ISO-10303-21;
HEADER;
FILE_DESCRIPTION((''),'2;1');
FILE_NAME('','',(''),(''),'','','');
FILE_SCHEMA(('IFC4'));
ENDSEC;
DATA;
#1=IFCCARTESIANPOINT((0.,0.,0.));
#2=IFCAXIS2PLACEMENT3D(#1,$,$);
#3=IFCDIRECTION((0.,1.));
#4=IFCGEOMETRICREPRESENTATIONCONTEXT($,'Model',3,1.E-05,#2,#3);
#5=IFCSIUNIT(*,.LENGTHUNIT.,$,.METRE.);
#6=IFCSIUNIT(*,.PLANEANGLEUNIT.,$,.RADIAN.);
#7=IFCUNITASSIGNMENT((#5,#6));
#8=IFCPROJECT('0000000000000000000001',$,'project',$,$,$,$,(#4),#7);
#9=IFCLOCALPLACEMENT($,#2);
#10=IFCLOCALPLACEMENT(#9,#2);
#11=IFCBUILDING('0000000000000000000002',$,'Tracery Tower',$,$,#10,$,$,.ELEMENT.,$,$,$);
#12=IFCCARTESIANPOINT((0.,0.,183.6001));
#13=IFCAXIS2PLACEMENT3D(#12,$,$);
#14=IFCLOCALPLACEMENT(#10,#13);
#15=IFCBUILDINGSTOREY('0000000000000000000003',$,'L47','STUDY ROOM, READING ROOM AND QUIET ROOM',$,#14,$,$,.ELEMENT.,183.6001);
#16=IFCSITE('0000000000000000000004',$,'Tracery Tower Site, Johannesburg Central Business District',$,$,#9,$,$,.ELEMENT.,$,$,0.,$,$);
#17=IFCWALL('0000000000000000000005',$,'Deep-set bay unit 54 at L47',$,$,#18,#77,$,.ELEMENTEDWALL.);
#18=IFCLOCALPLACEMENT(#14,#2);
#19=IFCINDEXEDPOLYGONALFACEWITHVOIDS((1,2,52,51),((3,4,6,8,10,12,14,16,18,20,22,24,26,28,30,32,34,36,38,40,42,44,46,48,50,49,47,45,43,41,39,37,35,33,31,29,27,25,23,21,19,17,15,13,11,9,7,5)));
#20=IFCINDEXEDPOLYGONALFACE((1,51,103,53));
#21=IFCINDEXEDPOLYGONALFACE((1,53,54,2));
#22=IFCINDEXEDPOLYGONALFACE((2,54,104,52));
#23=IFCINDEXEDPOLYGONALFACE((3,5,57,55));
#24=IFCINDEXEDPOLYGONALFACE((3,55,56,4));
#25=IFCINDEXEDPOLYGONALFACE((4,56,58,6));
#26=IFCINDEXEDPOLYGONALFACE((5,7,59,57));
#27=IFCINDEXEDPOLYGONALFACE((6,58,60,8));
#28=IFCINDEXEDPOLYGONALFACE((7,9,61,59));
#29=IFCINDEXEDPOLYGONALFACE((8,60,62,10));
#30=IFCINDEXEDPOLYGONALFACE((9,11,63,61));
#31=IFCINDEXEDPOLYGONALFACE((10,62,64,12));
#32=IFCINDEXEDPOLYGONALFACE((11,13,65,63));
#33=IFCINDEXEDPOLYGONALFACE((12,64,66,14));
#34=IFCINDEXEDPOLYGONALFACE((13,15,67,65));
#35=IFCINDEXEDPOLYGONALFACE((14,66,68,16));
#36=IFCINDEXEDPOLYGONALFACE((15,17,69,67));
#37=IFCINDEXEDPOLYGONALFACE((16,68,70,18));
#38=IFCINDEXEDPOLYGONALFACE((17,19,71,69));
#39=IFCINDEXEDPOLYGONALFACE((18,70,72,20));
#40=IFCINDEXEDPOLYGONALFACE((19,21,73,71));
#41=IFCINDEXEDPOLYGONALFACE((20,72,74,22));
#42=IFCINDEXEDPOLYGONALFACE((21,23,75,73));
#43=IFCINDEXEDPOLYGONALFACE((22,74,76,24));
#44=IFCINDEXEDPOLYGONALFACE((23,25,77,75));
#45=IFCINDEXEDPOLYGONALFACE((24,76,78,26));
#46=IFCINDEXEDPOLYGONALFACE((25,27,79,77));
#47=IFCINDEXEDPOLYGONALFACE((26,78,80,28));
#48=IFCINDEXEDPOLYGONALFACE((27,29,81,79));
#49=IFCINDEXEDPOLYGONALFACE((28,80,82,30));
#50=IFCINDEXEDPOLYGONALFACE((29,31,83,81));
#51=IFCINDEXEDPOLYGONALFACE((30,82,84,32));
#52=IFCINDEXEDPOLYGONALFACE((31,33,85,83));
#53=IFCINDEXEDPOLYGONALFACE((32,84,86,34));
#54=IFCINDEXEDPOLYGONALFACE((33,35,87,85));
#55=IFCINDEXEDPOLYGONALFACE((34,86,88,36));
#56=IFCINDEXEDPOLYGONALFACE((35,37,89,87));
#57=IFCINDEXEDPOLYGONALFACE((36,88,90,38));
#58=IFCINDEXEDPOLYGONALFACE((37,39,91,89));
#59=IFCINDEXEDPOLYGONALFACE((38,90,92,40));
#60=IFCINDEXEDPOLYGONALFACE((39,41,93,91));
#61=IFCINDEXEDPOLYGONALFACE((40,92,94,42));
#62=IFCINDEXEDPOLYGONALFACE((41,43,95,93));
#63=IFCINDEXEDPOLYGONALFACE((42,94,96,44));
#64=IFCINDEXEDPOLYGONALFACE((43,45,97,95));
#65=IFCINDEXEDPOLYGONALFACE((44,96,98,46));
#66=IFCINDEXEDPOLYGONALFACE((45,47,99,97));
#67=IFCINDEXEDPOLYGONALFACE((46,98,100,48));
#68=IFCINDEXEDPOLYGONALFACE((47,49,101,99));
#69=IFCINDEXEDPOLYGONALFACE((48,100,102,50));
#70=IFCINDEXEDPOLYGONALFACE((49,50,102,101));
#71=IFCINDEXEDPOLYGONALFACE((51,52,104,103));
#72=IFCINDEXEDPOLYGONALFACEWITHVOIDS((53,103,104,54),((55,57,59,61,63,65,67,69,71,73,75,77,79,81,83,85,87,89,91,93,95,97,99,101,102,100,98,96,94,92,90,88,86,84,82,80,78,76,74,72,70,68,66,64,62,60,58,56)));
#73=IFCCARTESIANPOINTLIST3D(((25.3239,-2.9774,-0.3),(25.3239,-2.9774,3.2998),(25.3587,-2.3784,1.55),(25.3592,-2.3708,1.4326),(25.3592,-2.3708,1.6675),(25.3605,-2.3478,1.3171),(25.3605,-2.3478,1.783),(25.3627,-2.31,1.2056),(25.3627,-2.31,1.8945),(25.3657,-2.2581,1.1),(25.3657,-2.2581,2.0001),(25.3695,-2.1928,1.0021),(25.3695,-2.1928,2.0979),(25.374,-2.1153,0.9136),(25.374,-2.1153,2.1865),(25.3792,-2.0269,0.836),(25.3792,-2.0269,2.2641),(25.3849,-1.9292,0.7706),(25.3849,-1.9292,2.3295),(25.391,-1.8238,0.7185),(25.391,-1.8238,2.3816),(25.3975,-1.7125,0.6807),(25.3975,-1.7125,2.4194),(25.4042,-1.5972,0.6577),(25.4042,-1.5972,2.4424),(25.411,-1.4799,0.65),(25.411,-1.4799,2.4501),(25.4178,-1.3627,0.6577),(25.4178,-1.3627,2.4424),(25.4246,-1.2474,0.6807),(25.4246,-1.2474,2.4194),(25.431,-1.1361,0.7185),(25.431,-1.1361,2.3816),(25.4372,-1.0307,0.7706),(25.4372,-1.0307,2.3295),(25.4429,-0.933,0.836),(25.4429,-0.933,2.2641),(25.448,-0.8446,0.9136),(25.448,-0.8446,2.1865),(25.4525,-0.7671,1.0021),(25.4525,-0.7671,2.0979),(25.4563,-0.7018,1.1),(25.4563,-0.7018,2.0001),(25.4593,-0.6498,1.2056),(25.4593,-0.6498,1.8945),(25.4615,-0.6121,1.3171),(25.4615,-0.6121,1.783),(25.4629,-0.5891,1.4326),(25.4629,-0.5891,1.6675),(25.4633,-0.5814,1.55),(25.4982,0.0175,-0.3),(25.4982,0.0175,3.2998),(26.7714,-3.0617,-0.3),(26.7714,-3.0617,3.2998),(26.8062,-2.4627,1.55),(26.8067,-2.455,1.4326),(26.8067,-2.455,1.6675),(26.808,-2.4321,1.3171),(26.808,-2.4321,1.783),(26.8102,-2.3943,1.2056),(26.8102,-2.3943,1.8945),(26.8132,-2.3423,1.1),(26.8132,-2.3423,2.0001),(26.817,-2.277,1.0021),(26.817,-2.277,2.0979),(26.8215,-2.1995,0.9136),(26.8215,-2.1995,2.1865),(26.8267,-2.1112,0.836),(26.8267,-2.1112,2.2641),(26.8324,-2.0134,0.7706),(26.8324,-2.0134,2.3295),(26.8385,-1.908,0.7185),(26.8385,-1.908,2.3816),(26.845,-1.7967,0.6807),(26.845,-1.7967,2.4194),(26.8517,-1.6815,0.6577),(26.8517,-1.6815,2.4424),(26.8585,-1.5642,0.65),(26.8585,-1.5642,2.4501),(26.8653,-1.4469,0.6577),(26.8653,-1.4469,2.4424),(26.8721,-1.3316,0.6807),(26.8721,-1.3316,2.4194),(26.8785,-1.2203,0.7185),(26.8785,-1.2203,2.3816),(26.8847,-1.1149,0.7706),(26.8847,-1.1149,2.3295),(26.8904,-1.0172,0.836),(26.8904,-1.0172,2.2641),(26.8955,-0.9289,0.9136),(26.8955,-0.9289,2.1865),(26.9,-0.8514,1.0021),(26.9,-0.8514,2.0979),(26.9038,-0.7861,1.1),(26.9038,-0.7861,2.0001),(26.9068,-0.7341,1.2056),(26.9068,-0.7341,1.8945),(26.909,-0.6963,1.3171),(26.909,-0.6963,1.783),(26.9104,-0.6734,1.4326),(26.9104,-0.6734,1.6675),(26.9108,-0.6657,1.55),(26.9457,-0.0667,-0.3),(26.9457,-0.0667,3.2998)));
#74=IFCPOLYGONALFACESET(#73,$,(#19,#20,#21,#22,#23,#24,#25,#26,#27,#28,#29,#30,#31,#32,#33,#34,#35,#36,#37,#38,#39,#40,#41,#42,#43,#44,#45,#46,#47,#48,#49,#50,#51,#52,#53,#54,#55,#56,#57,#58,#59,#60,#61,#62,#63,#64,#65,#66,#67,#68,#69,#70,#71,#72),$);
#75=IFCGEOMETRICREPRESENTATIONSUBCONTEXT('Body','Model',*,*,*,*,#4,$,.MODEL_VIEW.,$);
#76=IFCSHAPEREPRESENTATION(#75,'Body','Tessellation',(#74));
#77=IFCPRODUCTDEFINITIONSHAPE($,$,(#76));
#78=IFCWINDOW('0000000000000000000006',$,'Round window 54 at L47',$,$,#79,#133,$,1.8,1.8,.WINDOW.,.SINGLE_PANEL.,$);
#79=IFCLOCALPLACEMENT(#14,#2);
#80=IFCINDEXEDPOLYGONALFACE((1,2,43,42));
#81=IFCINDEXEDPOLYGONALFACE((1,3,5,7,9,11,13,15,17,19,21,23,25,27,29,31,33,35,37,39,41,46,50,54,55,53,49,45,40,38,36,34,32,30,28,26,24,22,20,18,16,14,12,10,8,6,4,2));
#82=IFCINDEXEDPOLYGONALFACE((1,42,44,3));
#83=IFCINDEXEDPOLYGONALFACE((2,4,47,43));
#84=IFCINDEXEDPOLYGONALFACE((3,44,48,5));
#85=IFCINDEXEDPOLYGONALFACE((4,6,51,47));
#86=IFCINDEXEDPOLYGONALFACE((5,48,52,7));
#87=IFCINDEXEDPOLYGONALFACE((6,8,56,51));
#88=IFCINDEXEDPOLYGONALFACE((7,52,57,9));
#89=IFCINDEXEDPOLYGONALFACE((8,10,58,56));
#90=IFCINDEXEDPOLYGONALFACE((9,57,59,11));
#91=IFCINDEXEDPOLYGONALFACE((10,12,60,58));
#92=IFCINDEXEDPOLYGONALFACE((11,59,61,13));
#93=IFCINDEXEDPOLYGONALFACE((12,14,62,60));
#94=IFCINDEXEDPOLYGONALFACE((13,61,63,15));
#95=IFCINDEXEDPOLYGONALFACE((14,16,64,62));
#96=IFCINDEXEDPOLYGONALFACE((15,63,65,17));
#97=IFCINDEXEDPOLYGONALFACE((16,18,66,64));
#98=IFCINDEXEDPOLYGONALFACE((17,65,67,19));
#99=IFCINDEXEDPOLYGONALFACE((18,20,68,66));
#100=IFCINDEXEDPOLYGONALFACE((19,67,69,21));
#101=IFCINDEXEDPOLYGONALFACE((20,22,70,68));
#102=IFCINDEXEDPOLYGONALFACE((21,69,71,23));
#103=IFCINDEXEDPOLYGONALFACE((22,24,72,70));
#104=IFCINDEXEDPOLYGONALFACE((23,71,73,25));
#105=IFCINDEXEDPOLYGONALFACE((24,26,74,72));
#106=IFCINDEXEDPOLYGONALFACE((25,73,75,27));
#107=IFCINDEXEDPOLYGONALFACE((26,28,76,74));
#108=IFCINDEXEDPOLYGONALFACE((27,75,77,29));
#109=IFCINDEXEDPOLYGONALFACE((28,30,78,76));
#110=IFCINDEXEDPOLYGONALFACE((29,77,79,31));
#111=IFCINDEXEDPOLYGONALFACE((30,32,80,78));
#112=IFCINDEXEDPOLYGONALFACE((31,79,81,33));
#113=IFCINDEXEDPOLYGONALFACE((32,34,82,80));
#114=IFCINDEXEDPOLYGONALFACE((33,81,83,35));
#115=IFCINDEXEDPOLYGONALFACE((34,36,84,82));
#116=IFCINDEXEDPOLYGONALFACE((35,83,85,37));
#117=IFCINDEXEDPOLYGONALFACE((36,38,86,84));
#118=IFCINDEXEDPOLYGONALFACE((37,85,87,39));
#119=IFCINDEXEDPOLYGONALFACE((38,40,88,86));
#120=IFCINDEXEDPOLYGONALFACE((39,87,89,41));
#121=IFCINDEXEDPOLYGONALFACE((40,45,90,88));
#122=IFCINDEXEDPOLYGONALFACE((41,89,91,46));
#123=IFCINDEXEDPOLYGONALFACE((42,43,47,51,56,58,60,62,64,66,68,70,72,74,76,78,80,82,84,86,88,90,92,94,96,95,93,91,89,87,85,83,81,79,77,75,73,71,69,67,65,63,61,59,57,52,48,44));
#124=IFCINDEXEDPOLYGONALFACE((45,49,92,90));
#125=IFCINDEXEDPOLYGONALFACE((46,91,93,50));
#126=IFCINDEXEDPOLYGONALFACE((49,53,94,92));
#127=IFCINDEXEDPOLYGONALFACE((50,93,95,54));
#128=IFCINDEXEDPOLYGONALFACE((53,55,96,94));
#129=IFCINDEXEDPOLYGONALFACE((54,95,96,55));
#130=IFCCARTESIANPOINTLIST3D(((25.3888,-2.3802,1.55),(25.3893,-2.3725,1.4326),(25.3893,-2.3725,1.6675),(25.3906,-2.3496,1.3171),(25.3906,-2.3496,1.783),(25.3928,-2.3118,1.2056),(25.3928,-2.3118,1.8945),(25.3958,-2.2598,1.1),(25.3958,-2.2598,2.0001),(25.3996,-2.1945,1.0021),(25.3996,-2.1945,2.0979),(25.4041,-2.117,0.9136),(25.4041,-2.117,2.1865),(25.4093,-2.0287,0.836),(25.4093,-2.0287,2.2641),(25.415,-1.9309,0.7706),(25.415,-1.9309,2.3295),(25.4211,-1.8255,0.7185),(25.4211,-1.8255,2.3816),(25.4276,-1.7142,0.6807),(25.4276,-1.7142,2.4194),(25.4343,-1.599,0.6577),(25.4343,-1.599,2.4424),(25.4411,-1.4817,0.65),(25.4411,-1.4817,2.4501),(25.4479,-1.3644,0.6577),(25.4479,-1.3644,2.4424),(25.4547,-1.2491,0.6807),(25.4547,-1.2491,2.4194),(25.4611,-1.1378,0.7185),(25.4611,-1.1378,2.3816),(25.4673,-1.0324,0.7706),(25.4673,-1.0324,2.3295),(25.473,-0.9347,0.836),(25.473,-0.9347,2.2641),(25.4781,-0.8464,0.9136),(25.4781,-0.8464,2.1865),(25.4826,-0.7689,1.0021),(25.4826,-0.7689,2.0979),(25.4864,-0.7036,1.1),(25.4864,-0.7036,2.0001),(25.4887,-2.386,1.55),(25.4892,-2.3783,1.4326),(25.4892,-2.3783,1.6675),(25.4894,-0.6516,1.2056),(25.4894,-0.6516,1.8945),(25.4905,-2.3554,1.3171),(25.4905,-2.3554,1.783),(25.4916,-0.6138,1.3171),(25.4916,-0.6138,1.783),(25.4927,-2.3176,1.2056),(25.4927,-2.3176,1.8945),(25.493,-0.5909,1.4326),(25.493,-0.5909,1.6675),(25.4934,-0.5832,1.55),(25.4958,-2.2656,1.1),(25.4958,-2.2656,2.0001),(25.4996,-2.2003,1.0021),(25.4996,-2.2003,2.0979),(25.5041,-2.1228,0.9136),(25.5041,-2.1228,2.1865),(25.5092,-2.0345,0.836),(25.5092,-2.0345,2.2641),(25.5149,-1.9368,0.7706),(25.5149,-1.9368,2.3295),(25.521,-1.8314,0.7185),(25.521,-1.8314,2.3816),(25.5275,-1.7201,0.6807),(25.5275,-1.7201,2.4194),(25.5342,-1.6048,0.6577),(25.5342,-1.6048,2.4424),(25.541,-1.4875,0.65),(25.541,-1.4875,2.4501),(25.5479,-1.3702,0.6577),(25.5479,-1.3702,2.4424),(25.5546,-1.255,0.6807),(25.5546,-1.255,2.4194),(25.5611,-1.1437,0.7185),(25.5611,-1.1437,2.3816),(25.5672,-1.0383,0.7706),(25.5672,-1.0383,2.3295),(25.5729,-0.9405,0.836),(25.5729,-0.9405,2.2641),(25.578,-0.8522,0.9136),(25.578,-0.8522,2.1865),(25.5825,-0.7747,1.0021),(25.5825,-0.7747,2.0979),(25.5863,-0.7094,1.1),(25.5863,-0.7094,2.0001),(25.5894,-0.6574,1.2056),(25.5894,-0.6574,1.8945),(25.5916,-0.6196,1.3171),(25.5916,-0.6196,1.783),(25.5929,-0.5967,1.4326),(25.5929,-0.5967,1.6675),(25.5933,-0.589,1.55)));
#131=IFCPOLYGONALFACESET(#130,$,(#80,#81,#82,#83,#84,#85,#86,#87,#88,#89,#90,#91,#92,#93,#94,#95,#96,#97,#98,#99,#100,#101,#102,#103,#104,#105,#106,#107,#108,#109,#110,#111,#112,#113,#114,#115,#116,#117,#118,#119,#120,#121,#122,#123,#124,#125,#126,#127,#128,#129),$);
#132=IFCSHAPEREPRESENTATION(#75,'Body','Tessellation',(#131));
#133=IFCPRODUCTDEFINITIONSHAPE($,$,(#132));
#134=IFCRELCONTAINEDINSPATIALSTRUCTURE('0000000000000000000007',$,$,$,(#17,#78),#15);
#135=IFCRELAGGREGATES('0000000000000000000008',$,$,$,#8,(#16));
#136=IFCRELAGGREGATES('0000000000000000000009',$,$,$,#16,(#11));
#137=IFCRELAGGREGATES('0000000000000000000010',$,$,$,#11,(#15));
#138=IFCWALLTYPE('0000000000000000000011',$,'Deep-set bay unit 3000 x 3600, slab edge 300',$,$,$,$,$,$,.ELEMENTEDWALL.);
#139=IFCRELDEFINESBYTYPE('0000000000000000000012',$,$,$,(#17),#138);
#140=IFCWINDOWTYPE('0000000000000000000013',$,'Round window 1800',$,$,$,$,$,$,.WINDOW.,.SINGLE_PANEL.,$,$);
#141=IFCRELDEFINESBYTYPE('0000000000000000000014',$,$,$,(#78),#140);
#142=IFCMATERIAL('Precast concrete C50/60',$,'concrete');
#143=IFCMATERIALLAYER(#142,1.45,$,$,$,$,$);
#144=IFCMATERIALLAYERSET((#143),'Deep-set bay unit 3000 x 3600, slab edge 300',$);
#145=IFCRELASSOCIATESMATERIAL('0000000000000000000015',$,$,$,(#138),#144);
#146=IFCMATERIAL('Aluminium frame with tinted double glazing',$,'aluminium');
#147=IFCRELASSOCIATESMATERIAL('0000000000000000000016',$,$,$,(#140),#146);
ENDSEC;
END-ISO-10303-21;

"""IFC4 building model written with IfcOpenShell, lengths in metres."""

from ifc_helpers import new_model, si_unit, direction, frame, frame_2d, origin, origin_2d, place, context, subcontext, project, spatial, rectangle, circle, extrude, material, layer, layer_set, type_object, element, fill, save


model = new_model("IFC4")

# Units and contexts
model_context = context("Model", 3, precision=1e-05, world=origin(), true_north=direction((0.0, 1.0)))
body_context = subcontext(model_context, "Body", "Model", "MODEL_VIEW")
ifc_project = project(units=[si_unit("LENGTHUNIT", "METRE"), si_unit("PLANEANGLEUNIT", "RADIAN")], contexts=[model_context])

# Site, building, storey
site_placement = place(None, origin())
site = spatial("IfcSite", under=ifc_project, at=site_placement, Name="Tracery Tower Site, Johannesburg Central Business District", CompositionType="ELEMENT", RefElevation=0.0)
building_placement = place(site_placement, origin())
building = spatial("IfcBuilding", under=site, at=building_placement, Name="Tracery Tower", CompositionType="ELEMENT")
storey_placement = place(building_placement, frame((0.0, 0.0, 183.6001)))
storey = spatial("IfcBuildingStorey", under=building, at=storey_placement, Name="L47", Description="STUDY ROOM, READING ROOM AND QUIET ROOM", CompositionType="ELEMENT", Elevation=183.6001)

# Wall, opening, window
ifc_material_1 = material(Name="Precast concrete C50/60", Category="concrete")
ifc_layer_1 = layer(ifc_material_1, 1.45)
ifc_layer_set_1 = layer_set([ifc_layer_1], Name="Deep-set bay unit 3000 x 3600, slab edge 300")
wall_type_1 = type_object("IfcWallType", Name="Deep-set bay unit 3000 x 3600, slab edge 300", PredefinedType="ELEMENTEDWALL", material=ifc_layer_set_1)
ifc_material_2 = material(Name="Aluminium frame with tinted double glazing", Category="aluminium")
window_type = type_object("IfcWindowType", Name="Round window 1800", PartitioningType="SINGLE_PANEL", PredefinedType="WINDOW", material=ifc_material_2)
wall_1_placement = place(storey_placement, frame((26.0476, -3.0195, -0.3), z_axis=(0.0, 0.0, 1.0), x_axis=(0.058107, 0.99831, 0.0)))
wall_1 = element("IfcWall", 1, at=wall_1_placement, inside=storey, type_object=wall_type_1, Name="Deep-set bay unit 54 at L47", PredefinedType="ELEMENTEDWALL", context=body_context, shape_type="SweptSolid", body=[
    extrude(rectangle(XDim=3.0, YDim=1.45, at=frame_2d((1.5, 0.0))), origin(), (0.0, 0.0, 1.0), 3.5999),
])
opening_1_placement = place(wall_1_placement, frame((1.5, 0.0, 1.8501)))
opening_1 = element("IfcOpeningElement", 2, at=opening_1_placement, cuts=wall_1, PredefinedType="OPENING", context=body_context, shape_type="SweptSolid", body=[
    extrude(circle(Radius=0.9, at=origin_2d()), frame((0.0, 0.7349, 0.0), z_axis=(0.0, -1.0, 0.0), x_axis=(1.0, 0.0, 0.0)), (0.0, 0.0, 1.0), 1.47),
])
window_1_placement = place(opening_1_placement, origin())
window_1 = element("IfcWindow", 3, at=window_1_placement, inside=storey, type_object=window_type, Name="Round window 54 at L47", OverallHeight=1.8, OverallWidth=1.8, PartitioningType="SINGLE_PANEL", PredefinedType="WINDOW", context=body_context, shape_type="SweptSolid", body=[
    extrude(circle(Radius=0.9, at=origin_2d()), frame((0.0, 0.6948, 0.0), z_axis=(0.0, -1.0, 0.0), x_axis=(1.0, 0.0, 0.0)), (0.0, 0.0, 1.0), 0.1001),
])
fill(opening_1, window_1)

save(model, "model.ifc")
